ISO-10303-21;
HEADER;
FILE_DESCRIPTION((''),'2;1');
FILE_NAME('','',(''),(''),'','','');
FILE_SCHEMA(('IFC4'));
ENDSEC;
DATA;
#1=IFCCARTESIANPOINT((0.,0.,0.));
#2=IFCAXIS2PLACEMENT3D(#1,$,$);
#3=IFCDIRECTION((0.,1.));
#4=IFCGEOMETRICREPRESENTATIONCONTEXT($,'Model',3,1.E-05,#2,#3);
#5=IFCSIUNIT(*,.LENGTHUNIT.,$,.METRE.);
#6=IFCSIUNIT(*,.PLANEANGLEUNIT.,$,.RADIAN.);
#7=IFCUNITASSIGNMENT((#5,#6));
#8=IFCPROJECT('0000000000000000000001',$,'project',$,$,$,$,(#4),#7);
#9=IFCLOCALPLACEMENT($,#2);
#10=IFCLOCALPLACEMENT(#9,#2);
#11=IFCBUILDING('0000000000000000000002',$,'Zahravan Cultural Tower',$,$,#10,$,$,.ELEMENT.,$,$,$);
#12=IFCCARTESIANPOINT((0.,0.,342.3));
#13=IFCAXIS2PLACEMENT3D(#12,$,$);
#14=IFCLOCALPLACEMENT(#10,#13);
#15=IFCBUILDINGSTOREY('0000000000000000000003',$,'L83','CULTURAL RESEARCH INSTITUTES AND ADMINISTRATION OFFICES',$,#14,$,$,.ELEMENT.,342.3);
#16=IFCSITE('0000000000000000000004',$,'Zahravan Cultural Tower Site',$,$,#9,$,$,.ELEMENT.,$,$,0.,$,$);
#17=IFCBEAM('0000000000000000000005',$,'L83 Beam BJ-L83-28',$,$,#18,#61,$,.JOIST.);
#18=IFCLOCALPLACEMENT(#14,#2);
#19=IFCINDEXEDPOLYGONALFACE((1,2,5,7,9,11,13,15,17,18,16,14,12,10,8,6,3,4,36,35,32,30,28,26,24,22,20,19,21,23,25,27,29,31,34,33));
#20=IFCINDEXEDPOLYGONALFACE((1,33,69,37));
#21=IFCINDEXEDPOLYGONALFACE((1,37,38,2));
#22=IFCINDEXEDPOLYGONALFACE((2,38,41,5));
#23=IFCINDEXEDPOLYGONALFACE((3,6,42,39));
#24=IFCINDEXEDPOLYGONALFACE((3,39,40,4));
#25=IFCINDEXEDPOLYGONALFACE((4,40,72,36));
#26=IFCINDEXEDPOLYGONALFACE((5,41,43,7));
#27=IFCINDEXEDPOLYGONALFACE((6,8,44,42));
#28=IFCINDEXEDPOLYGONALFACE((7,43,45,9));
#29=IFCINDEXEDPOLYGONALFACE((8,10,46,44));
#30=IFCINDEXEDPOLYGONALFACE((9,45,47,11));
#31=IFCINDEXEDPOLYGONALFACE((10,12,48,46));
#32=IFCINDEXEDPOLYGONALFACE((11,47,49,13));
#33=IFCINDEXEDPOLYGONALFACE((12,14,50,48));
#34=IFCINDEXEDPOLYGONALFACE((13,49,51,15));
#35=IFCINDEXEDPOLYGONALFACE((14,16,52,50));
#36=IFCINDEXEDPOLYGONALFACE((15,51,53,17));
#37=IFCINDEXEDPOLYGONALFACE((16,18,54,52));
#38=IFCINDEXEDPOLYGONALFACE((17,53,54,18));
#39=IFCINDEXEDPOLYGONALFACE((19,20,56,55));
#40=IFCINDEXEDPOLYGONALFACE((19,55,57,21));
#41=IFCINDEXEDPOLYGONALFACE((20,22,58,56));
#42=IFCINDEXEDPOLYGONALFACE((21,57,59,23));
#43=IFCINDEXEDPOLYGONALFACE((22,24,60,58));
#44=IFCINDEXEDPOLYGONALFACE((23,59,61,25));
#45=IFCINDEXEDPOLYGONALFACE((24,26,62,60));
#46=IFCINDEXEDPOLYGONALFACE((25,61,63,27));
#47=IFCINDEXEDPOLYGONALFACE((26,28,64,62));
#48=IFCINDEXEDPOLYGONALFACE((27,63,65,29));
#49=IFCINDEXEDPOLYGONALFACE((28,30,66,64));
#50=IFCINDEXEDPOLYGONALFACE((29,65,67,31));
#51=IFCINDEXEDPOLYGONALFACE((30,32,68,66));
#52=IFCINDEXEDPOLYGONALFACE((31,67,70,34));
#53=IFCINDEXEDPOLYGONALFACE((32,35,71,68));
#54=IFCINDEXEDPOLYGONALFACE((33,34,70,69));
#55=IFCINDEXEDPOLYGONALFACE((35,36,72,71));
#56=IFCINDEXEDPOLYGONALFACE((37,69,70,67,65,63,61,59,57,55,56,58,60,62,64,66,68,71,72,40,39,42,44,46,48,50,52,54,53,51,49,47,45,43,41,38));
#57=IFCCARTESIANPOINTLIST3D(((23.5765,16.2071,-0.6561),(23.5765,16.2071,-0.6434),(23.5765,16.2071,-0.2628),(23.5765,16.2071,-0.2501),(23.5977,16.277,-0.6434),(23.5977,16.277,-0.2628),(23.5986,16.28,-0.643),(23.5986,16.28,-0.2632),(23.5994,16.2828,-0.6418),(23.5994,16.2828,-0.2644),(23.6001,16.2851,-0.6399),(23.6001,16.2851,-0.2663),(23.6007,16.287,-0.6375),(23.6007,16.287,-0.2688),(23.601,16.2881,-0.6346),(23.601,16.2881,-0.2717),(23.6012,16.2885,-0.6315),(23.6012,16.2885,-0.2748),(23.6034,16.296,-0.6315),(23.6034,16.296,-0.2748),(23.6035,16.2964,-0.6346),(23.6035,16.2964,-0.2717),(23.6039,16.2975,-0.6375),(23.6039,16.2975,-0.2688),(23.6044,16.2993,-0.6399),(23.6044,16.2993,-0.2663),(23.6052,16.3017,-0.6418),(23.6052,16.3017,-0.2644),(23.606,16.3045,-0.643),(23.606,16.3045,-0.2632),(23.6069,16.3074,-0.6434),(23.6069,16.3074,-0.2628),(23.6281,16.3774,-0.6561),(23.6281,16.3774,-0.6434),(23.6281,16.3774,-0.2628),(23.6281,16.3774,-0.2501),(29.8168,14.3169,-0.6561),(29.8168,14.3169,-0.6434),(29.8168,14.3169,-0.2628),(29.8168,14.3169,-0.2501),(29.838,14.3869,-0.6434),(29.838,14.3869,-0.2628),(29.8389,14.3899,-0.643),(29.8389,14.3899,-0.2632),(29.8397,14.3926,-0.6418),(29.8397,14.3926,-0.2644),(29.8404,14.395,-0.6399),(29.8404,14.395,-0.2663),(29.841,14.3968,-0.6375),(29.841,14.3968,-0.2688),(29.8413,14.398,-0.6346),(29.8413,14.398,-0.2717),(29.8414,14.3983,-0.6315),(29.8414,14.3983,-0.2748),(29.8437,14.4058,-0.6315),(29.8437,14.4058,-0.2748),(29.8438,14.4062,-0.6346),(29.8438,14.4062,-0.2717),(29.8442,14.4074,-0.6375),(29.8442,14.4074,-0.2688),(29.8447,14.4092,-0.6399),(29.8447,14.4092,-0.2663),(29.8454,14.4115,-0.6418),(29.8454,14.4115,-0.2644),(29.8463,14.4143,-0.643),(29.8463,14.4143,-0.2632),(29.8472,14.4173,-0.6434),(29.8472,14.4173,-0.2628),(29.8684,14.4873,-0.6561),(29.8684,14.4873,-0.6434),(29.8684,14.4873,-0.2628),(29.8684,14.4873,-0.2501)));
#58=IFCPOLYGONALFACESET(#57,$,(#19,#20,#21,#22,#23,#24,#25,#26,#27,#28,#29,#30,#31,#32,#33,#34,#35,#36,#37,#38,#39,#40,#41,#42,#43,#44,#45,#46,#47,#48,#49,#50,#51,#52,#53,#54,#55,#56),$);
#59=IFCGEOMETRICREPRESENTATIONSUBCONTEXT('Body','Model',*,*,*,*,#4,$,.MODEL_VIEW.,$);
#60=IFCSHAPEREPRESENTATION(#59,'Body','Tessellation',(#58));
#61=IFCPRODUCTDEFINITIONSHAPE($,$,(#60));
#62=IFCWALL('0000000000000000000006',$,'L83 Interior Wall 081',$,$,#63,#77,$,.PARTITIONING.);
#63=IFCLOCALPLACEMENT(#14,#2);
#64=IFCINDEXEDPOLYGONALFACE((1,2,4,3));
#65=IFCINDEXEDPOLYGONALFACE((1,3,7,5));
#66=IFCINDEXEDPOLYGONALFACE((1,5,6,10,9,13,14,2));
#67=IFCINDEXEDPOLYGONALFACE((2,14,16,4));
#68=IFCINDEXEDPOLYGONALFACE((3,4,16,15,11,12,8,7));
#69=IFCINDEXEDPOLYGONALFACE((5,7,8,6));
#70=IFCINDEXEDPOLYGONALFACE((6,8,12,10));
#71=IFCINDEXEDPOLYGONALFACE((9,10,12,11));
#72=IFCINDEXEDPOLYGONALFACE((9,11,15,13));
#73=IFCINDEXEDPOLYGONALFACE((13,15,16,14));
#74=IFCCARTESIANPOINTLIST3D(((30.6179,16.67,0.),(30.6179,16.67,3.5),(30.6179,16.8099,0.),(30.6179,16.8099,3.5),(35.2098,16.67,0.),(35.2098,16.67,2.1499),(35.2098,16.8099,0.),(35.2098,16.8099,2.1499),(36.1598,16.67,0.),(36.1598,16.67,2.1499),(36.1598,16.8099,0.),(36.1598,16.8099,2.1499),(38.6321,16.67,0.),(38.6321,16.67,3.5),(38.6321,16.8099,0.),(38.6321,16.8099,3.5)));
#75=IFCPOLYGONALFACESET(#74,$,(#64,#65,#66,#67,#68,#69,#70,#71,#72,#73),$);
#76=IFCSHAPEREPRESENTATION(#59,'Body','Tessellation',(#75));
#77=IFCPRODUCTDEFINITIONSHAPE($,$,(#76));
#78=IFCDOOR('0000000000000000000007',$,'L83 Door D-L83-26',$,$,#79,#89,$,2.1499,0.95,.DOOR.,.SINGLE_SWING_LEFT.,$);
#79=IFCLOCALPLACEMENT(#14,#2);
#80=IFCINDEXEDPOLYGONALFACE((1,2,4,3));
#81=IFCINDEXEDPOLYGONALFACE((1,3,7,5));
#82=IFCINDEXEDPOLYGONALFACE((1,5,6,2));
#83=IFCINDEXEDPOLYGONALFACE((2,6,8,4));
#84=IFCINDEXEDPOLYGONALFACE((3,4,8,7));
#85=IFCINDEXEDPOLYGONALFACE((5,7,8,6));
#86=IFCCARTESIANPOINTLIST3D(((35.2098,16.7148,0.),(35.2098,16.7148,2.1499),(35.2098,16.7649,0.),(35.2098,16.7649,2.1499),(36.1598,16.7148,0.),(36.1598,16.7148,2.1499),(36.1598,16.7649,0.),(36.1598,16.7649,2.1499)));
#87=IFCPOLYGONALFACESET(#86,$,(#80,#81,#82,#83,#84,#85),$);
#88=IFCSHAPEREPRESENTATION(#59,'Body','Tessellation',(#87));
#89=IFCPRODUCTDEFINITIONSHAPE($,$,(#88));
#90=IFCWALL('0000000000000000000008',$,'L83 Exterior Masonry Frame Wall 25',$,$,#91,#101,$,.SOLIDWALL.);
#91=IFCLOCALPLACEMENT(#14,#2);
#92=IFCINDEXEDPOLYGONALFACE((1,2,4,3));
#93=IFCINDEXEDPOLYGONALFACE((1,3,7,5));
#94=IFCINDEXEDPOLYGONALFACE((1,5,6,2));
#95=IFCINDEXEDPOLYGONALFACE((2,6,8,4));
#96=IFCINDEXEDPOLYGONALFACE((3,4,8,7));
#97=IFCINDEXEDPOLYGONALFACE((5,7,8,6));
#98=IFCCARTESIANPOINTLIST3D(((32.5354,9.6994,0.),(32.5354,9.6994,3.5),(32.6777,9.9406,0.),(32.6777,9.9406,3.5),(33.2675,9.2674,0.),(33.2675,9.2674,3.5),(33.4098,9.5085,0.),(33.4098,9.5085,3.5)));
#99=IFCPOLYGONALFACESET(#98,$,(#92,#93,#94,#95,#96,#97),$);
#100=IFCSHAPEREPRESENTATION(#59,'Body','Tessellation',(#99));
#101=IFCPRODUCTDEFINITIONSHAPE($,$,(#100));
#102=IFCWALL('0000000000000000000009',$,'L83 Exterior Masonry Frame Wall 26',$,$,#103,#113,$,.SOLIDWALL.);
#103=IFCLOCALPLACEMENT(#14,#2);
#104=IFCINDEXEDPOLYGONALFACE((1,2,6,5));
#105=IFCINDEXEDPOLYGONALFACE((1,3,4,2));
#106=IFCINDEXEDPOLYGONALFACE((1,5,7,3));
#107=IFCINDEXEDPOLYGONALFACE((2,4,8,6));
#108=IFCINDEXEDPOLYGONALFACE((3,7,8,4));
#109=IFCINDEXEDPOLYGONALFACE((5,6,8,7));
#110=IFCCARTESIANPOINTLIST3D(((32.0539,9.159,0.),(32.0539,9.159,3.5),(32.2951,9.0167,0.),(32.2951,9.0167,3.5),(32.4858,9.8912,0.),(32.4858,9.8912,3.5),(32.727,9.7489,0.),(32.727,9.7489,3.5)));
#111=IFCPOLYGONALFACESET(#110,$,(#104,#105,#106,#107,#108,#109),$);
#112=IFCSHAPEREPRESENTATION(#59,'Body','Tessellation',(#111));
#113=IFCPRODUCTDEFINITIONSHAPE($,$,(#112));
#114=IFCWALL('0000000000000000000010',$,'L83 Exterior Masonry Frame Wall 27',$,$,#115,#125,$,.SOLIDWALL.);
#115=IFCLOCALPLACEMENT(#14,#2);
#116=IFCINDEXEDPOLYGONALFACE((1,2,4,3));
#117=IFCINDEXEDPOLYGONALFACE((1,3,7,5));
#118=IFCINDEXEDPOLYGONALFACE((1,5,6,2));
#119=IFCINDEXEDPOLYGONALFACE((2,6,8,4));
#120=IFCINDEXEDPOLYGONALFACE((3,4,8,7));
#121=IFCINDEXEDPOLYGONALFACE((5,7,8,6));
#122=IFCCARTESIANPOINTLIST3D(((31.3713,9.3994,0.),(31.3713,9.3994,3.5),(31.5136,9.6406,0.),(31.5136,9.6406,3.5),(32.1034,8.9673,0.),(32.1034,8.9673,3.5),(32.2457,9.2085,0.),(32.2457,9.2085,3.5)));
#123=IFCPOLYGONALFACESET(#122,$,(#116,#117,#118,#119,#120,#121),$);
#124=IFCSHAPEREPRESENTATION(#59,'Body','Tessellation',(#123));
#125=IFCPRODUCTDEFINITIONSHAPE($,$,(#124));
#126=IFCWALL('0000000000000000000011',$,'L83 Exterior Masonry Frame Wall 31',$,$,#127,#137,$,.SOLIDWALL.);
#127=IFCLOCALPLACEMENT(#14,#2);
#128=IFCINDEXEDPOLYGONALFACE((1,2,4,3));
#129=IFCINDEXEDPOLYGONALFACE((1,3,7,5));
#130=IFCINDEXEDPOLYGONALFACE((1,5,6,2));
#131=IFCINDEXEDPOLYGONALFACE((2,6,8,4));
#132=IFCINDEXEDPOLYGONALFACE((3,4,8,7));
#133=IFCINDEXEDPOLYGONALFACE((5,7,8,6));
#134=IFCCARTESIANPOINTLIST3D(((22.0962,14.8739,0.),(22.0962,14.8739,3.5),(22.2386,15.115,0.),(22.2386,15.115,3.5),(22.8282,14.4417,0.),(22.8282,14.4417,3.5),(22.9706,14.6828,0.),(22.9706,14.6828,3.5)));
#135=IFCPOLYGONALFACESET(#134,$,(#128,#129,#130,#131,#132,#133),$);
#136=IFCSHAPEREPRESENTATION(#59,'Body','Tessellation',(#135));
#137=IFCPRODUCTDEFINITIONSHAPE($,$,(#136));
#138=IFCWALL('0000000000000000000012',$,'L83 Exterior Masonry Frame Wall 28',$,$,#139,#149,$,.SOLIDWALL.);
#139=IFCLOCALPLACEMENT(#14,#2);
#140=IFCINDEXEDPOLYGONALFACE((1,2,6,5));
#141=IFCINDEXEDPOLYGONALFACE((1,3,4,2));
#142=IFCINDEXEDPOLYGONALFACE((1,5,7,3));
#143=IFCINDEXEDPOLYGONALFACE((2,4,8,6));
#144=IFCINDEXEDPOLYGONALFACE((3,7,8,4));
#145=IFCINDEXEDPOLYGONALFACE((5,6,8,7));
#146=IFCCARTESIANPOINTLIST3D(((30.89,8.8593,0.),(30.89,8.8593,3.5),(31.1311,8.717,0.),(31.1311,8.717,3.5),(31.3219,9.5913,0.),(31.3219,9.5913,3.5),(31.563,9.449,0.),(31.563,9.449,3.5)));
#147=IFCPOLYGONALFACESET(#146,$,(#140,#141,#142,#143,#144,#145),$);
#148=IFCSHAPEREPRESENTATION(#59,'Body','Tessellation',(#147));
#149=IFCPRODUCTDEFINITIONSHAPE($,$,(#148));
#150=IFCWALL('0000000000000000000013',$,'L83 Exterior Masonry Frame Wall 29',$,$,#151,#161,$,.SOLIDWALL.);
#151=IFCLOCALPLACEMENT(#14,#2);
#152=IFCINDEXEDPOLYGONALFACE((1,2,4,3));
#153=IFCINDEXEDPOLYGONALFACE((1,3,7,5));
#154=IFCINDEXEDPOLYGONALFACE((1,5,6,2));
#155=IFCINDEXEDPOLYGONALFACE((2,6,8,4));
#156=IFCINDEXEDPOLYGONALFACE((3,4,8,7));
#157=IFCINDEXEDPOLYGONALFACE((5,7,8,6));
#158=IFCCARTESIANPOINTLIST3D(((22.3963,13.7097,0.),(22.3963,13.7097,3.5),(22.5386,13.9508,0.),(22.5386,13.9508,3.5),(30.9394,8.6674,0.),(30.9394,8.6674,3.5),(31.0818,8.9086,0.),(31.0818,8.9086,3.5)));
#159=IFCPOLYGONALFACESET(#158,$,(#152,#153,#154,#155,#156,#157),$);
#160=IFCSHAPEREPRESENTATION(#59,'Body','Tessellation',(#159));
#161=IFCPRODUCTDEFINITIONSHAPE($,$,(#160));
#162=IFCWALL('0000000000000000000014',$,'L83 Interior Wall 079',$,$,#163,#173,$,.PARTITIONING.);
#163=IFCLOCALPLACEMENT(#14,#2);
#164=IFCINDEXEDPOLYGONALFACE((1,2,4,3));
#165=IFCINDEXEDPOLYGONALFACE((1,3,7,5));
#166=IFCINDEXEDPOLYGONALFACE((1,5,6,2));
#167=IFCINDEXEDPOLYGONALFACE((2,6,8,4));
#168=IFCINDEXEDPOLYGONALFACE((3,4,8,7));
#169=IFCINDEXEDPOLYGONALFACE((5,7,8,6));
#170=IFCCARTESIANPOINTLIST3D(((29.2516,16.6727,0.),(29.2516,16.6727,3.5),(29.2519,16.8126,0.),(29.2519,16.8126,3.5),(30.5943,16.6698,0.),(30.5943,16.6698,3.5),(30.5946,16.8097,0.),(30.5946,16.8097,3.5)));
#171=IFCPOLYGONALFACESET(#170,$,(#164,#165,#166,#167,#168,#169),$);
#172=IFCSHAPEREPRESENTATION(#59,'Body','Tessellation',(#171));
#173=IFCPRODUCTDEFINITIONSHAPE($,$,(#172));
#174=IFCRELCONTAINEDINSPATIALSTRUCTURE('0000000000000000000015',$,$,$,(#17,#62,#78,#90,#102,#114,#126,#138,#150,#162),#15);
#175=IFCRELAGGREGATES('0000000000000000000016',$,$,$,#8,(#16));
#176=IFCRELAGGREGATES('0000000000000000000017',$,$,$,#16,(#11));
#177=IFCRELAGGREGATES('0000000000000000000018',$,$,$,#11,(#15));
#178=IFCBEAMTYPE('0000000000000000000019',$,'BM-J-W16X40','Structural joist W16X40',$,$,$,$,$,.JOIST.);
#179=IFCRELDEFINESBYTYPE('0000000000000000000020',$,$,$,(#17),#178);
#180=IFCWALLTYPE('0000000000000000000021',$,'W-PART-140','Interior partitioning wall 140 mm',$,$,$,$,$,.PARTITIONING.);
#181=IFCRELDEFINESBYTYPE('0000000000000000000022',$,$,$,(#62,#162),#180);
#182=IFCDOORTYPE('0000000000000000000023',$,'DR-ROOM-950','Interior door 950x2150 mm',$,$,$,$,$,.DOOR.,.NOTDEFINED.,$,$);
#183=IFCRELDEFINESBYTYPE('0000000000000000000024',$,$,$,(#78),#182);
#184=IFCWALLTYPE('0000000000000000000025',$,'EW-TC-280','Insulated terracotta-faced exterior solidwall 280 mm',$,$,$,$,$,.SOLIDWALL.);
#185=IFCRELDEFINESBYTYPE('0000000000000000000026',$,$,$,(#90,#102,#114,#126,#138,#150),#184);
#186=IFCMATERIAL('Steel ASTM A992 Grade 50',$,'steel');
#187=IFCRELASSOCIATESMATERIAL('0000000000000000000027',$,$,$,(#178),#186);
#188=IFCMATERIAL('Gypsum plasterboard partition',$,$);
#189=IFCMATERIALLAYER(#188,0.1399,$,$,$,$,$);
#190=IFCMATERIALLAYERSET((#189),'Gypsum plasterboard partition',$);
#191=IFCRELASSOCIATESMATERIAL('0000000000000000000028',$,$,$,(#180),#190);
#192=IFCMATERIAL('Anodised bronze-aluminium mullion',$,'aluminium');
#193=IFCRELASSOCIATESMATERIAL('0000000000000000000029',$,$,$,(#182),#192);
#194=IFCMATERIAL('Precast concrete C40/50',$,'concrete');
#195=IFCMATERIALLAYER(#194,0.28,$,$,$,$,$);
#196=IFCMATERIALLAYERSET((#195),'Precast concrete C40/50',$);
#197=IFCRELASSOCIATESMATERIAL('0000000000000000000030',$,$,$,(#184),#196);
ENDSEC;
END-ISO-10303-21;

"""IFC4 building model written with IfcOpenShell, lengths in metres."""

from ifc_helpers import new_model, si_unit, direction, frame, frame_2d, origin, origin_2d, place, context, subcontext, project, spatial, rectangle, i_section, extrude, source, transform, mapped, material, layer, layer_set, material_profile, profile_set, type_object, element, fill, save


model = new_model("IFC4")

# Units and contexts
model_context = context("Model", 3, precision=1e-05, world=origin(), true_north=direction((0.0, 1.0)))
body_context = subcontext(model_context, "Body", "Model", "MODEL_VIEW")
ifc_project = project(units=[si_unit("LENGTHUNIT", "METRE"), si_unit("PLANEANGLEUNIT", "RADIAN")], contexts=[model_context])

# Site, building, storey
site_placement = place(None, origin())
site = spatial("IfcSite", under=ifc_project, at=site_placement, Name="Zahravan Cultural Tower Site", CompositionType="ELEMENT", RefElevation=0.0)
building_placement = place(site_placement, origin())
building = spatial("IfcBuilding", under=site, at=building_placement, Name="Zahravan Cultural Tower", CompositionType="ELEMENT")
storey_placement = place(building_placement, frame((0.0, 0.0, 342.3)))
storey = spatial("IfcBuildingStorey", under=building, at=storey_placement, Name="L83", Description="CULTURAL RESEARCH INSTITUTES AND ADMINISTRATION OFFICES", CompositionType="ELEMENT", Elevation=342.3)

# Shared definitions
ifc_material_1 = material(Name="Steel ASTM A992 Grade 50", Category="steel")

# Beam
ifc_material_profile_1 = material_profile(ifc_material_1, i_section(OverallWidth=0.178, OverallDepth=0.406, WebThickness=0.0078, FlangeThickness=0.0127, FilletRadius=0.012, at=origin_2d()), Name="W16X40")
ifc_profile_set_1 = profile_set([ifc_material_profile_1], Name="Steel ASTM A992 Grade 50")
beam_type_1 = type_object("IfcBeamType", Name="BM-J-W16X40", Description="Structural joist W16X40", PredefinedType="JOIST", material=ifc_profile_set_1)
shared_shape_1 = source(origin(), body_context, "Body", "SweptSolid", [
    extrude(i_section(OverallWidth=0.178, OverallDepth=0.406, WebThickness=0.0078, FlangeThickness=0.0127, FilletRadius=0.012, at=origin_2d()), origin(), (0.0, 0.0, 1.0), 6.5203),
])
beam_1_placement = place(storey_placement, frame((23.6023, 16.2922, -0.4531), z_axis=(0.95706, -0.289889, 0.0), x_axis=(0.289889, 0.95706, 0.0)))
element("IfcBeam", 1, at=beam_1_placement, inside=storey, type_object=beam_type_1, Name="L83 Beam BJ-L83-28", PredefinedType="JOIST", context=body_context, shape_type="MappedRepresentation", body=[
    mapped(shared_shape_1, transform((0.0, 0.0, 0.0), x_axis=(1.0, 0.0, 0.0), y_axis=(0.0, 1.0, 0.0), z_axis=(0.0, 0.0, 1.0), scale=1.0)),
])

# Wall, opening, door
ifc_material_2 = material(Name="Gypsum plasterboard partition")
ifc_layer_1 = layer(ifc_material_2, 0.1399)
ifc_layer_set_1 = layer_set([ifc_layer_1], Name="Gypsum plasterboard partition")
wall_type_1 = type_object("IfcWallType", Name="W-PART-140", Description="Interior partitioning wall 140 mm", PredefinedType="PARTITIONING", material=ifc_layer_set_1)
wall_1_placement = place(storey_placement, frame((30.6179, 16.74, 0.0), z_axis=(0.0, 0.0, 1.0), x_axis=(1.0, 0.0, 0.0)))
wall_1 = element("IfcWall", 2, at=wall_1_placement, inside=storey, type_object=wall_type_1, Name="L83 Interior Wall 081", PredefinedType="PARTITIONING", context=body_context, shape_type="SweptSolid", body=[
    extrude(rectangle(XDim=8.0142, YDim=0.1399, at=frame_2d((4.0071, 0.0))), origin(), (0.0, 0.0, 1.0), 3.5),
])
opening_placement = place(wall_1_placement, frame((4.5918, 0.0, 0.0)))
opening = element("IfcOpeningElement", 3, at=opening_placement, cuts=wall_1, PredefinedType="OPENING", context=body_context, shape_type="SweptSolid", body=[
    extrude(rectangle(XDim=0.95, YDim=2.1499, at=frame_2d((0.4751, 1.075))), frame((0.0, 0.0798, 0.0), z_axis=(0.0, -1.0, 0.0), x_axis=(1.0, 0.0, 0.0)), (0.0, 0.0, 1.0), 0.1599),
])
ifc_material_3 = material(Name="Anodised bronze-aluminium mullion", Category="aluminium")
door_type = type_object("IfcDoorType", Name="DR-ROOM-950", Description="Interior door 950x2150 mm", OperationType="NOTDEFINED", PredefinedType="DOOR", material=ifc_material_3)
shared_shape_2 = source(origin(), body_context, "Body", "SweptSolid", [
    extrude(rectangle(XDim=0.95, YDim=2.1499, at=frame_2d((0.4751, 1.075))), frame((0.0, 0.0249, 0.0), z_axis=(0.0, -1.0, 0.0), x_axis=(1.0, 0.0, 0.0)), (0.0, 0.0, 1.0), 0.05),
])
door_placement = place(opening_placement, origin())
door = element("IfcDoor", 4, at=door_placement, inside=storey, type_object=door_type, Name="L83 Door D-L83-26", OperationType="SINGLE_SWING_LEFT", OverallHeight=2.1499, OverallWidth=0.95, PredefinedType="DOOR", context=body_context, shape_type="MappedRepresentation", body=[
    mapped(shared_shape_2, transform((0.0, 0.0, 0.0), x_axis=(1.0, 0.0, 0.0), y_axis=(0.0, 1.0, 0.0), z_axis=(0.0, 0.0, 1.0), scale=1.0)),
])
fill(opening, door)

# Walls
ifc_material_4 = material(Name="Precast concrete C40/50", Category="concrete")
ifc_layer_2 = layer(ifc_material_4, 0.28)
ifc_layer_set_2 = layer_set([ifc_layer_2], Name="Precast concrete C40/50")
wall_type_2 = type_object("IfcWallType", Name="EW-TC-280", Description="Insulated terracotta-faced exterior solidwall 280 mm", PredefinedType="SOLIDWALL", material=ifc_layer_set_2)
shared_shape_3 = source(origin(), body_context, "Body", "SweptSolid", [
    extrude(rectangle(XDim=0.8501, YDim=0.28, at=frame_2d((0.425, 0.0))), origin(), (0.0, 0.0, 1.0), 3.5),
])
for number, where, z_axis, x_axis, name in (
    (5, (33.3386, 9.3879, 0.0), (0.0, 0.0, 1.0), (-0.861195, 0.508275, 0.0), "L83 Exterior Masonry Frame Wall 25"),
    (6, (32.6064, 9.8201, 0.0), (0.0, 0.0, 1.0), (-0.508062, -0.861321, 0.0), "L83 Exterior Masonry Frame Wall 26"),
    (7, (32.1746, 9.0879, 0.0), (0.0, 0.0, 1.0), (-0.861195, 0.508275, 0.0), "L83 Exterior Masonry Frame Wall 27"),
    (8, (22.8994, 14.5623, 0.0), (0.0, 0.0, 1.0), (-0.861121, 0.5084, 0.0), "L83 Exterior Masonry Frame Wall 31"),
):
    element("IfcWall", number, at=place(storey_placement, frame(where, z_axis=z_axis, x_axis=x_axis)), inside=storey, type_object=wall_type_2, Name=name, PredefinedType="SOLIDWALL", context=body_context, shape_type="MappedRepresentation", body=[
        mapped(shared_shape_3, transform((0.0, 0.0, 0.0), x_axis=(1.0, 0.0, 0.0), y_axis=(0.0, 1.0, 0.0), z_axis=(0.0, 0.0, 1.0), scale=1.0)),
    ])
shared_shape_4 = source(origin(), body_context, "Body", "SweptSolid", [
    extrude(rectangle(XDim=0.8499, YDim=0.28, at=frame_2d((0.4248, 0.0))), origin(), (0.0, 0.0, 1.0), 3.5),
])
wall_2_placement = place(storey_placement, frame((31.4424, 9.52, 0.0), z_axis=(0.0, 0.0, 1.0), x_axis=(-0.508187, -0.861247, 0.0)))
element("IfcWall", 9, at=wall_2_placement, inside=storey, type_object=wall_type_2, Name="L83 Exterior Masonry Frame Wall 28", PredefinedType="SOLIDWALL", context=body_context, shape_type="MappedRepresentation", body=[
    mapped(shared_shape_4, transform((0.0, 0.0, 0.0), x_axis=(1.0, 0.0, 0.0), y_axis=(0.0, 1.0, 0.0), z_axis=(0.0, 0.0, 1.0), scale=1.0)),
])
shared_shape_5 = source(origin(), body_context, "Body", "SweptSolid", [
    extrude(rectangle(XDim=9.9202, YDim=0.28, at=frame_2d((4.96, 0.0))), origin(), (0.0, 0.0, 1.0), 3.5),
])
wall_3_placement = place(storey_placement, frame((31.0105, 8.7881, 0.0), z_axis=(0.0, 0.0, 1.0), x_axis=(-0.861192, 0.508279, 0.0)))
element("IfcWall", 10, at=wall_3_placement, inside=storey, type_object=wall_type_2, Name="L83 Exterior Masonry Frame Wall 29", PredefinedType="SOLIDWALL", context=body_context, shape_type="MappedRepresentation", body=[
    mapped(shared_shape_5, transform((0.0, 0.0, 0.0), x_axis=(1.0, 0.0, 0.0), y_axis=(0.0, 1.0, 0.0), z_axis=(0.0, 0.0, 1.0), scale=1.0)),
])
shared_shape_6 = source(origin(), body_context, "Body", "SweptSolid", [
    extrude(rectangle(XDim=1.3428, YDim=0.1399, at=frame_2d((0.6714, 0.0))), origin(), (0.0, 0.0, 1.0), 3.5),
])
wall_4_placement = place(storey_placement, frame((29.2517, 16.7427, 0.0), z_axis=(0.0, 0.0, 1.0), x_axis=(0.999998, -0.002182, 0.0)))
element("IfcWall", 11, at=wall_4_placement, inside=storey, type_object=wall_type_1, Name="L83 Interior Wall 079", PredefinedType="PARTITIONING", context=body_context, shape_type="MappedRepresentation", body=[
    mapped(shared_shape_6, transform((0.0, 0.0, 0.0), x_axis=(1.0, 0.0, 0.0), y_axis=(0.0, 1.0, 0.0), z_axis=(0.0, 0.0, 1.0), scale=1.0)),
])

save(model, "model.ifc")
